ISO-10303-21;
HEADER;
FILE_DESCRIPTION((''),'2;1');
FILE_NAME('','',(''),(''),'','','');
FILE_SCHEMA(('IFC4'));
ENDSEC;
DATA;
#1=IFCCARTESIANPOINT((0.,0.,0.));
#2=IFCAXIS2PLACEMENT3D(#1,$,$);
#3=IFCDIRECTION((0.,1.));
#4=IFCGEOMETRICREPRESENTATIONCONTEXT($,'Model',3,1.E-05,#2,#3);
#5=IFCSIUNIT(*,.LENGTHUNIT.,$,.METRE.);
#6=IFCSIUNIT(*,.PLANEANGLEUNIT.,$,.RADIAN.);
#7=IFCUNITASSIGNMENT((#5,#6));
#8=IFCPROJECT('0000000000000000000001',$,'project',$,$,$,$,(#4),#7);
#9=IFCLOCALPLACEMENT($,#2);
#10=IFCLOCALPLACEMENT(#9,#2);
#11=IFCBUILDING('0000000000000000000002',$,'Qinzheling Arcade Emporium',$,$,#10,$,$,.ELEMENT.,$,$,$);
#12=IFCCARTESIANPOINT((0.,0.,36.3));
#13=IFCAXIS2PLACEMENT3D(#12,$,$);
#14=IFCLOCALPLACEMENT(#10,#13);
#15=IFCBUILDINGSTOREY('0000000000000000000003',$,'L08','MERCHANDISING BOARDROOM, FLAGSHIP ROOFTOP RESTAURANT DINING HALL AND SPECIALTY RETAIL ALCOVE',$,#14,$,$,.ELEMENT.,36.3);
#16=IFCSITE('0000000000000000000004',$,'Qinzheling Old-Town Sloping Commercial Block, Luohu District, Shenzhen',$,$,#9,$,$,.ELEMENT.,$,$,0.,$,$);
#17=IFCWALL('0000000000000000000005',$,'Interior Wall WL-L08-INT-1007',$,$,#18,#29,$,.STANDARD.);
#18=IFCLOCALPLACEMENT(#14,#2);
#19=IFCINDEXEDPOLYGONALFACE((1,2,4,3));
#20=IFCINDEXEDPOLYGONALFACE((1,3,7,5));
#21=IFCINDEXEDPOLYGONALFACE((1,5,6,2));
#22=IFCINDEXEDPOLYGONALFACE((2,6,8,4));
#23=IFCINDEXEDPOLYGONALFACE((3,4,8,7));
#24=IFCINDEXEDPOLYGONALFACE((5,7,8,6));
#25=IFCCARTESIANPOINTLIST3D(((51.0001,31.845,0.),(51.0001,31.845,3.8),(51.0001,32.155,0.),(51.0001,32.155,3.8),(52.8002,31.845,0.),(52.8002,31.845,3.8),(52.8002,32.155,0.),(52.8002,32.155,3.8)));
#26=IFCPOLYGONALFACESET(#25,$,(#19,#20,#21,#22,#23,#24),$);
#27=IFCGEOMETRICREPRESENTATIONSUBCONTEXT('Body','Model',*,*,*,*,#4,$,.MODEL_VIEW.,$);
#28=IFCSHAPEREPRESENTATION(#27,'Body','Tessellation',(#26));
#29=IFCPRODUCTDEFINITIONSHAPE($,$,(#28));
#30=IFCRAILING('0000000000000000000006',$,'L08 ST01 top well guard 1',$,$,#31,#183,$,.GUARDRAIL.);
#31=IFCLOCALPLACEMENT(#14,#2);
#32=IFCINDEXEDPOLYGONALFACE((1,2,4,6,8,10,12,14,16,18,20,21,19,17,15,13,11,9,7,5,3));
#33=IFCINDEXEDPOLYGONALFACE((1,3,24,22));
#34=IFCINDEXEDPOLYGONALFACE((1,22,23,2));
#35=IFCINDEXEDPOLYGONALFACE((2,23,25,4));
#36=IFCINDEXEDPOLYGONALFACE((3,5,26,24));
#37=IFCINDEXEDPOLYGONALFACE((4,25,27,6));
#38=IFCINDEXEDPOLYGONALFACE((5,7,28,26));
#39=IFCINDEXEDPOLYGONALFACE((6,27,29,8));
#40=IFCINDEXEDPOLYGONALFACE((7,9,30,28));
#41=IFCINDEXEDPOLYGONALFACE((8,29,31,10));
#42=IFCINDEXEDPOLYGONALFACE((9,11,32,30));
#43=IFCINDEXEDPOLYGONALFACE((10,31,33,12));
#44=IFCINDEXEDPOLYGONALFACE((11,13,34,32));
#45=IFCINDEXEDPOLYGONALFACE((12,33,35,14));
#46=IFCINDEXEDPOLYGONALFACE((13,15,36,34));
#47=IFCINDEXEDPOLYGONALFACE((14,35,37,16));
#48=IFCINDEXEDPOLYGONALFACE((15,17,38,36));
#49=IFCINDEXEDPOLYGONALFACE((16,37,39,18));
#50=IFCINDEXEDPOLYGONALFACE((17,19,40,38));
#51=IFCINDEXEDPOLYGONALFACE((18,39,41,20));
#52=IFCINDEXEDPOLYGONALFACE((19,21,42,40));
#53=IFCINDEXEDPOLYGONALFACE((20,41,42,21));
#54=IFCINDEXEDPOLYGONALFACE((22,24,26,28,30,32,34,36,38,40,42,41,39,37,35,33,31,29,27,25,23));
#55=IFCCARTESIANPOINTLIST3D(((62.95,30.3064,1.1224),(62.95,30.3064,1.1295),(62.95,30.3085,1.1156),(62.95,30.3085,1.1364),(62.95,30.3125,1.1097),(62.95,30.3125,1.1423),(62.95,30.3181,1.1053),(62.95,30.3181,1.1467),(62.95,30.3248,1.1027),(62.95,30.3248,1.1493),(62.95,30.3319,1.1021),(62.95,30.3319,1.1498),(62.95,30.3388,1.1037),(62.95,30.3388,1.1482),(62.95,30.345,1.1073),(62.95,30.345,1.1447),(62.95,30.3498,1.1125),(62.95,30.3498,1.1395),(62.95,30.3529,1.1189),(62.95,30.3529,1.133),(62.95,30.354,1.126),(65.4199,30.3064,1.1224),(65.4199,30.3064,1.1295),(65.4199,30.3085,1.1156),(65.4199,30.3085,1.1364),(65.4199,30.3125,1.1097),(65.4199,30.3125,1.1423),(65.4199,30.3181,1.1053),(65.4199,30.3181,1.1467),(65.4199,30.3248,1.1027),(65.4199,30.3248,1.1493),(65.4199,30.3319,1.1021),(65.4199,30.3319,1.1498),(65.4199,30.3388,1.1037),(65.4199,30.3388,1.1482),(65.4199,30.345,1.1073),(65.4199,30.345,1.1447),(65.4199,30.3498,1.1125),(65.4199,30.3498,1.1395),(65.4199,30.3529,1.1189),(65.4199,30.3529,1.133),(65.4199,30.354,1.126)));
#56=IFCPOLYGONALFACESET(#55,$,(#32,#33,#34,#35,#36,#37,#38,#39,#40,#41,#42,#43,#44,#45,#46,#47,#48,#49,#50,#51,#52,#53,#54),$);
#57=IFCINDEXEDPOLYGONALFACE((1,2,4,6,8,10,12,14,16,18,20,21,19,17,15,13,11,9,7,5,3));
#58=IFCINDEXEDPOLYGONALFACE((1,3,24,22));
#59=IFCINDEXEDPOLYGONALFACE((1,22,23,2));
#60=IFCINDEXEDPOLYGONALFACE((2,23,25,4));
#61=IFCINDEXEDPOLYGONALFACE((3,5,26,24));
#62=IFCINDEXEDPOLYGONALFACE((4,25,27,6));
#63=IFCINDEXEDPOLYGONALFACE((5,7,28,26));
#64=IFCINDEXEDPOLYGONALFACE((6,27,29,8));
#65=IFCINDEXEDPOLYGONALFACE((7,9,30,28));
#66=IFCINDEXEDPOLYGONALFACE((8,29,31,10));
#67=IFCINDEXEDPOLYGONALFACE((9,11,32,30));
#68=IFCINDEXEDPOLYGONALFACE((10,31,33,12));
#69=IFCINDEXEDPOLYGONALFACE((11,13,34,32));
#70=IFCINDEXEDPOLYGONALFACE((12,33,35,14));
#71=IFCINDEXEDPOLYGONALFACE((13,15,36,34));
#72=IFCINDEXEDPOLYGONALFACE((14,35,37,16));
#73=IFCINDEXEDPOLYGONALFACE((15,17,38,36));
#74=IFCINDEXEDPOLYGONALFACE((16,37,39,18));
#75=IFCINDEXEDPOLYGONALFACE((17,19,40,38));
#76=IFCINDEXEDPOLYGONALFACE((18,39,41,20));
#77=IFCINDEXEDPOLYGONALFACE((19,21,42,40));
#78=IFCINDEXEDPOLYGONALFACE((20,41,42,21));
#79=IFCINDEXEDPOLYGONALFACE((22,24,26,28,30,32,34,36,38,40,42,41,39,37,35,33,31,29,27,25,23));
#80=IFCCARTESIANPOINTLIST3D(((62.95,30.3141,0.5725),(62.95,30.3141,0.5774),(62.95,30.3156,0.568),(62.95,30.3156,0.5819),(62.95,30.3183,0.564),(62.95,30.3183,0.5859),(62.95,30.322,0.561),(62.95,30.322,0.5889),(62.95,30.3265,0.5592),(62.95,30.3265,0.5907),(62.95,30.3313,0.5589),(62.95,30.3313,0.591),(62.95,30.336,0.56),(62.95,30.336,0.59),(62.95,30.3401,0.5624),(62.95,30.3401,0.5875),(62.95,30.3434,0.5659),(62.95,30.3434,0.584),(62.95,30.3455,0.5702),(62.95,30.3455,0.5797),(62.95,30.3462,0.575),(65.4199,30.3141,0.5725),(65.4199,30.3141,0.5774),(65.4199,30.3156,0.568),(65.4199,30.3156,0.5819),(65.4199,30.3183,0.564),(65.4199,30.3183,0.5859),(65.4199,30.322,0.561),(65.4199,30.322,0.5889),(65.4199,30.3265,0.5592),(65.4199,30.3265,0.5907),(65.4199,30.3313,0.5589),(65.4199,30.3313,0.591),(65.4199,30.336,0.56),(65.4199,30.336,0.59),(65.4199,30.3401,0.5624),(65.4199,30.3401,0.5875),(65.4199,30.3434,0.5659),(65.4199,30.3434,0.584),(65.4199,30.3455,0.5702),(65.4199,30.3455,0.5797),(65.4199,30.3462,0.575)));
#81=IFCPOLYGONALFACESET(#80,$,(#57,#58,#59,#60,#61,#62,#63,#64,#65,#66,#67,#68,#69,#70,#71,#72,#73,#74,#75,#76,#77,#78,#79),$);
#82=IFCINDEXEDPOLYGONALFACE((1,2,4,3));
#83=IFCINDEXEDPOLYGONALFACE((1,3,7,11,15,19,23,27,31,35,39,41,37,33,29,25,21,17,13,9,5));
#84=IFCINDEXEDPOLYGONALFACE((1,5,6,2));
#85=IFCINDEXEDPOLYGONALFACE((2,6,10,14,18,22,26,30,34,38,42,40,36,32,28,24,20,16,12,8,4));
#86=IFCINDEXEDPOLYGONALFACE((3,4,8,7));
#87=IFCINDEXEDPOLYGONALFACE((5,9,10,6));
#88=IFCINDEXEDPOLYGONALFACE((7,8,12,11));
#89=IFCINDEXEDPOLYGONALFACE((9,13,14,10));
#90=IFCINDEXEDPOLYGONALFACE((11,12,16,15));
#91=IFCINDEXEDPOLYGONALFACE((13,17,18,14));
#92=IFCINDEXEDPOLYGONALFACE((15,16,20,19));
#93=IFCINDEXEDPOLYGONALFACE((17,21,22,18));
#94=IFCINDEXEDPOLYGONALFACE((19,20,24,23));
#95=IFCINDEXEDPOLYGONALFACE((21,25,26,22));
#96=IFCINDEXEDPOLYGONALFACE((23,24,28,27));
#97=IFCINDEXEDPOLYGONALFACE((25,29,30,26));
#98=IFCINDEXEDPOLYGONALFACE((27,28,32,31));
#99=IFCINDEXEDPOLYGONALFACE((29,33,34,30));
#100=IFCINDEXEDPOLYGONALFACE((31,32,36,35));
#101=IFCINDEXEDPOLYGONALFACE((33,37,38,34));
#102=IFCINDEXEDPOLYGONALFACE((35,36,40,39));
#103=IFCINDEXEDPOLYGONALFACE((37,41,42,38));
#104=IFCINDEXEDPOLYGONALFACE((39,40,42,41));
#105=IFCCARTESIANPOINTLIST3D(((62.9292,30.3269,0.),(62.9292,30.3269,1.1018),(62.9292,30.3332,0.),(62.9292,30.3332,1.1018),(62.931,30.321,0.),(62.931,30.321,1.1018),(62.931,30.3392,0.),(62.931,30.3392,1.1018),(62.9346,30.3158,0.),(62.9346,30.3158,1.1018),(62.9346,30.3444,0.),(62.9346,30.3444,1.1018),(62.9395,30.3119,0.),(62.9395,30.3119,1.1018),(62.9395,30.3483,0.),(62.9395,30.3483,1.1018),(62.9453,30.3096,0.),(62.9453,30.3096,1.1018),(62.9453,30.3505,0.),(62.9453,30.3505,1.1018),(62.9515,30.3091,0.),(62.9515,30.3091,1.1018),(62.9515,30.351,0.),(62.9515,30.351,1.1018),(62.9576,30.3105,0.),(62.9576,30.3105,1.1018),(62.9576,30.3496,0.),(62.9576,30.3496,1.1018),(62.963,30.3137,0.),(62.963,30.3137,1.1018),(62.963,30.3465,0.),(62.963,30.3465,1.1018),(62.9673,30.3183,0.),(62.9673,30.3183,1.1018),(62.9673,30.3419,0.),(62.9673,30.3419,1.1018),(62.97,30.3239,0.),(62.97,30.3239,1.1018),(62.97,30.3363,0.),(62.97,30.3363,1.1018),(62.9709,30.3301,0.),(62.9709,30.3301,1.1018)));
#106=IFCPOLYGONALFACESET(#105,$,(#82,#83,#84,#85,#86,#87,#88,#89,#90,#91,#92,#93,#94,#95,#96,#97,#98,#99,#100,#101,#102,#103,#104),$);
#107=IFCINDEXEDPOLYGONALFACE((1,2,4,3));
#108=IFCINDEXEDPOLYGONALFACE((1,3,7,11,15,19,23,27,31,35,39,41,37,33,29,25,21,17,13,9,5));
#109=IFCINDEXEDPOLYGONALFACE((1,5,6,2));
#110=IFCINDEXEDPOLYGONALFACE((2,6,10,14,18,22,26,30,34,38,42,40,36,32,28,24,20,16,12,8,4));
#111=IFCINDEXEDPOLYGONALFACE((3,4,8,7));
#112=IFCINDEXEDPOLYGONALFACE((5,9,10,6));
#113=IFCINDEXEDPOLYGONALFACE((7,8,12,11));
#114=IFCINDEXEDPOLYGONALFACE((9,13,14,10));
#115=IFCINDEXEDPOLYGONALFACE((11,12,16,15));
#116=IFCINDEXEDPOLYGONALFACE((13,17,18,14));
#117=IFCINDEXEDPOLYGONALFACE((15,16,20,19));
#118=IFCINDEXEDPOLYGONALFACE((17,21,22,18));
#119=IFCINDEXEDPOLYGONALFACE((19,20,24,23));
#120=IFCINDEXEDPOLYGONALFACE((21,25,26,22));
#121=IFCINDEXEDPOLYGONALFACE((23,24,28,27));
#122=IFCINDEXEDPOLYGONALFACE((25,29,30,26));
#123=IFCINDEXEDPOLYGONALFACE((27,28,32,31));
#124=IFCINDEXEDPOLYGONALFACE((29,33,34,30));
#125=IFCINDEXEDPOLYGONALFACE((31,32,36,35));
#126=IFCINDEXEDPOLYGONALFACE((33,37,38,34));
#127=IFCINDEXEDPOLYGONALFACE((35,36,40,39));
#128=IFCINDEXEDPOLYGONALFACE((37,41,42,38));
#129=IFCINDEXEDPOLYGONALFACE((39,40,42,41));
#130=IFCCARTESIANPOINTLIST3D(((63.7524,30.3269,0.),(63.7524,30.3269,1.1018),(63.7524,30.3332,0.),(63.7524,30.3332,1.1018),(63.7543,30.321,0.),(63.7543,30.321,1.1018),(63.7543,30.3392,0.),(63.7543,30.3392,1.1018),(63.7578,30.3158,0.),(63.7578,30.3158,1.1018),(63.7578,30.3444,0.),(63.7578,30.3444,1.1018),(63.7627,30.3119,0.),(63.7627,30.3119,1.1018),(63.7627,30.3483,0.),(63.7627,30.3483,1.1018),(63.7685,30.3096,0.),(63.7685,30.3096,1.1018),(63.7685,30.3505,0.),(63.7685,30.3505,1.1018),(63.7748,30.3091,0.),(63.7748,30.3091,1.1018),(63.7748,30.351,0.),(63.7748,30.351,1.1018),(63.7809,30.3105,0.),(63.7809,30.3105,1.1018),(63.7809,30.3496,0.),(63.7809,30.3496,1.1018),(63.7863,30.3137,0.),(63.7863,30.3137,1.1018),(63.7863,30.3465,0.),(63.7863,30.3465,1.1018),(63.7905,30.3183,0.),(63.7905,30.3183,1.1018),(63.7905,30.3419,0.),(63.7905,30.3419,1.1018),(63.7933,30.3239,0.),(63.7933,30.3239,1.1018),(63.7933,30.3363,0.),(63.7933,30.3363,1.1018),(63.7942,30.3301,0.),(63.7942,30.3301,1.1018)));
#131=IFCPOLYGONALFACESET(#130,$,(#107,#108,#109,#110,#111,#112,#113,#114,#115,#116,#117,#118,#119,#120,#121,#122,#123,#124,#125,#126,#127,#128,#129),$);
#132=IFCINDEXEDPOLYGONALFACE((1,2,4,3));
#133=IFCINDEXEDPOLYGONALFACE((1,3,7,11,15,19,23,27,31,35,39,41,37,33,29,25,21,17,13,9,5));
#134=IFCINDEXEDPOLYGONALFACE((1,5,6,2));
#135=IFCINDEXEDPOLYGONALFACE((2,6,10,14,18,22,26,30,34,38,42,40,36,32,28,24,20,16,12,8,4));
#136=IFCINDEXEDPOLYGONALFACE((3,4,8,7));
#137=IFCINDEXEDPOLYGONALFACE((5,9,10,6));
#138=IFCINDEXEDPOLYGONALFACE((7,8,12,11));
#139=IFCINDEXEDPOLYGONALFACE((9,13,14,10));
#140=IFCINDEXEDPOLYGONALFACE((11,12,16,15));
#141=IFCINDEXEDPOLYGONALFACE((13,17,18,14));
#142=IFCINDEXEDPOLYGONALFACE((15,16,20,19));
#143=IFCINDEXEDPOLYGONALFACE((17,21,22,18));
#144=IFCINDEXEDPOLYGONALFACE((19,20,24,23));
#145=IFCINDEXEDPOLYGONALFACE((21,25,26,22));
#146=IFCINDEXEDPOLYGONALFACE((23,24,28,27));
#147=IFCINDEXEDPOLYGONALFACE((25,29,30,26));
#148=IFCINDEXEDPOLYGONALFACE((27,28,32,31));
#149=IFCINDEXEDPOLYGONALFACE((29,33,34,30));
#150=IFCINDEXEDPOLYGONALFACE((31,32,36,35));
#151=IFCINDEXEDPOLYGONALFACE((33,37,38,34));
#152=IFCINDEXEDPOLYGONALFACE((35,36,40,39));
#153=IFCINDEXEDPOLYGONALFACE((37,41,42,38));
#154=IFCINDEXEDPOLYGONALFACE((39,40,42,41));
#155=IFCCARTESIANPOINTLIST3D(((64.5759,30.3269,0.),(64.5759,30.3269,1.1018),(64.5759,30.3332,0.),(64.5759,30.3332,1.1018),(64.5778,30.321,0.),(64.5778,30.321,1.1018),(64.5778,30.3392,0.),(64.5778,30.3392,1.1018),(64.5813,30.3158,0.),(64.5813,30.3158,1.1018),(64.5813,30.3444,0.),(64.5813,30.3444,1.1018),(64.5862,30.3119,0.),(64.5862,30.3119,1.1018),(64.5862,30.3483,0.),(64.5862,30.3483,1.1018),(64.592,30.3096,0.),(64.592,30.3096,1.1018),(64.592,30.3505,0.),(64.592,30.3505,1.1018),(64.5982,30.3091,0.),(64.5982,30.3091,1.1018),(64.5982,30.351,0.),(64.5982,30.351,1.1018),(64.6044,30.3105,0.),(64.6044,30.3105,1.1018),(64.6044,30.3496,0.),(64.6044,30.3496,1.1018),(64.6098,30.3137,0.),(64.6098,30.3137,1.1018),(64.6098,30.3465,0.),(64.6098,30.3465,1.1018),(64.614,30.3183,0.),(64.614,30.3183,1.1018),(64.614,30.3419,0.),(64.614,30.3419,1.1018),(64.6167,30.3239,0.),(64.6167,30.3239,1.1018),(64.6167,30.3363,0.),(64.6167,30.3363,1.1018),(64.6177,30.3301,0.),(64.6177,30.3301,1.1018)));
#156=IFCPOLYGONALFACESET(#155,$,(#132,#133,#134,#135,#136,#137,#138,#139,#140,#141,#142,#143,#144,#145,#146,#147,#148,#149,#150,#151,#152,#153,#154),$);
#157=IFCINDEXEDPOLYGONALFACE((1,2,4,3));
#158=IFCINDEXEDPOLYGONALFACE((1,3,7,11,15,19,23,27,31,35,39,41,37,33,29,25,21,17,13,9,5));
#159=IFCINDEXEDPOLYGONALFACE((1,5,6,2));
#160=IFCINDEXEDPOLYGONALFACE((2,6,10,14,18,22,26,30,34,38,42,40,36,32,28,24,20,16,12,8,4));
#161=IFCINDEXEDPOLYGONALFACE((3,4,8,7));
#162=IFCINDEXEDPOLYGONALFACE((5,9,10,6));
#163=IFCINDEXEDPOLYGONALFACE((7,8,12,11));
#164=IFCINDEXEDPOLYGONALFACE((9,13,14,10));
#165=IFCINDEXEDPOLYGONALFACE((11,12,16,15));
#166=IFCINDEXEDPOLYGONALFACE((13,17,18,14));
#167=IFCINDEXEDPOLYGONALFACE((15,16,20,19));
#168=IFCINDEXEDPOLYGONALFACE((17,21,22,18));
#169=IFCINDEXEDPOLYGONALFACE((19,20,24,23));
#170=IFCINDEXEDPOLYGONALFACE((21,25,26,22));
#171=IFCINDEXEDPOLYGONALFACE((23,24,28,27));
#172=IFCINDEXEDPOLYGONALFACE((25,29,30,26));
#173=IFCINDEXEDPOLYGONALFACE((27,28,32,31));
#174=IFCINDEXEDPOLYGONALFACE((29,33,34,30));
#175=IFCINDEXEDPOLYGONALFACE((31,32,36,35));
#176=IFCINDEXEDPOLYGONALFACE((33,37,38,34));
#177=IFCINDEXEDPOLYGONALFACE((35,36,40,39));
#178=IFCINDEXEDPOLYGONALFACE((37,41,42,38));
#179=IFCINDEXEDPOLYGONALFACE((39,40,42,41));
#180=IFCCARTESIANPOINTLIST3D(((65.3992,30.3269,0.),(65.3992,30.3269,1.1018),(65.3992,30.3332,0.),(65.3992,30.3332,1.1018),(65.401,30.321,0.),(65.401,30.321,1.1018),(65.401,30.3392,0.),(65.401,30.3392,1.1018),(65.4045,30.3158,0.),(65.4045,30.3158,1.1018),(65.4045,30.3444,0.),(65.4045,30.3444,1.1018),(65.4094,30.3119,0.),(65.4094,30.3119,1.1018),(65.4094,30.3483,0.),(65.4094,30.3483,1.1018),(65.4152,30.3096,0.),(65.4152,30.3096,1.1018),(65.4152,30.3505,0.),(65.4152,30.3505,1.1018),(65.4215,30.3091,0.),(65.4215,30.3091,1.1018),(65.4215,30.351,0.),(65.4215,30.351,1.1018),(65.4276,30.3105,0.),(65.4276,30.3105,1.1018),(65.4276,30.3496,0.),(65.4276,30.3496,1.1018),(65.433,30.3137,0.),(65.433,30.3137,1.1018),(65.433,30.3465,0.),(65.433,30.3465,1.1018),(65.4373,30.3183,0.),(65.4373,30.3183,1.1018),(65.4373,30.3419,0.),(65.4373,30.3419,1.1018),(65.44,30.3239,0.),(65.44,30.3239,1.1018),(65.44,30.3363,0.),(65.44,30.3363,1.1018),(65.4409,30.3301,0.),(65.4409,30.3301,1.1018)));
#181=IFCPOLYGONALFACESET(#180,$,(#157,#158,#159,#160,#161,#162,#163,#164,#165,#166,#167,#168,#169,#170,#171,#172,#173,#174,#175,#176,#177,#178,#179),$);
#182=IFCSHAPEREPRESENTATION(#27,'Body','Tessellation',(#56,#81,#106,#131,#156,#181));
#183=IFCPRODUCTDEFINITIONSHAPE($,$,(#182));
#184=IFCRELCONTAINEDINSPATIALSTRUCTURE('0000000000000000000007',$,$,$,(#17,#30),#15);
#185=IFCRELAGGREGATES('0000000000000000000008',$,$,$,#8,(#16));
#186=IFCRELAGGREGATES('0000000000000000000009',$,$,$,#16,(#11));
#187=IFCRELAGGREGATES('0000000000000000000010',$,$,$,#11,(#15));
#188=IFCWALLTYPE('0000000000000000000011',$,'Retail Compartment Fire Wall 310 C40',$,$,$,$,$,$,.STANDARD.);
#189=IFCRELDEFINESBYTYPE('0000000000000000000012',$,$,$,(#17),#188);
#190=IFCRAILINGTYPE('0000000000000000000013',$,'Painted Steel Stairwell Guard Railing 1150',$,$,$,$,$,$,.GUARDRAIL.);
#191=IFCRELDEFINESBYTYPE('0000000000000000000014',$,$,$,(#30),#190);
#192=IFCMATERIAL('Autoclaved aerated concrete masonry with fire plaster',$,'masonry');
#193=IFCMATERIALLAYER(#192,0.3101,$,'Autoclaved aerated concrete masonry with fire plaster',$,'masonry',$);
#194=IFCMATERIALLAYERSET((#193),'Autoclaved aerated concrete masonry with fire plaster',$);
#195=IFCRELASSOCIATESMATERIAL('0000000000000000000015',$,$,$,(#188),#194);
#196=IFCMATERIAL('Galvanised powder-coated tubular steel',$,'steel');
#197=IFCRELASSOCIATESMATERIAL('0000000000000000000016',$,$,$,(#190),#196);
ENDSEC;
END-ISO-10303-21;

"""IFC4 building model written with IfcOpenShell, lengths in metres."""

from ifc_helpers import new_model, si_unit, direction, frame, frame_2d, origin, origin_2d, place, context, subcontext, project, spatial, rectangle, circle, extrude, material, layer, layer_set, type_object, element, save


model = new_model("IFC4")

# Units and contexts
model_context = context("Model", 3, precision=1e-05, world=origin(), true_north=direction((0.0, 1.0)))
body_context = subcontext(model_context, "Body", "Model", "MODEL_VIEW")
ifc_project = project(units=[si_unit("LENGTHUNIT", "METRE"), si_unit("PLANEANGLEUNIT", "RADIAN")], contexts=[model_context])

# Site, building, storey
site_placement = place(None, origin())
site = spatial("IfcSite", under=ifc_project, at=site_placement, Name="Qinzheling Old-Town Sloping Commercial Block, Luohu District, Shenzhen", CompositionType="ELEMENT", RefElevation=0.0)
building_placement = place(site_placement, origin())
building = spatial("IfcBuilding", under=site, at=building_placement, Name="Qinzheling Arcade Emporium", CompositionType="ELEMENT")
storey_placement = place(building_placement, frame((0.0, 0.0, 36.3)))
storey = spatial("IfcBuildingStorey", under=building, at=storey_placement, Name="L08", Description="MERCHANDISING BOARDROOM, FLAGSHIP ROOFTOP RESTAURANT DINING HALL AND SPECIALTY RETAIL ALCOVE", CompositionType="ELEMENT", Elevation=36.3)

# Wall
ifc_material_1 = material(Name="Autoclaved aerated concrete masonry with fire plaster", Category="masonry")
ifc_layer_1 = layer(ifc_material_1, 0.3101, Name="Autoclaved aerated concrete masonry with fire plaster", Category="masonry")
ifc_layer_set_1 = layer_set([ifc_layer_1], Name="Autoclaved aerated concrete masonry with fire plaster")
wall_type_1 = type_object("IfcWallType", Name="Retail Compartment Fire Wall 310 C40", PredefinedType="STANDARD", material=ifc_layer_set_1)
wall_1_placement = place(storey_placement, frame((52.8, 32.0, 0.0), z_axis=(0.0, 0.0, 1.0), x_axis=(-1.0, 0.0, 0.0)))
element("IfcWall", 1, at=wall_1_placement, inside=storey, type_object=wall_type_1, Name="Interior Wall WL-L08-INT-1007", PredefinedType="STANDARD", context=body_context, shape_type="SweptSolid", body=[
    extrude(rectangle(XDim=1.8, YDim=0.3101, at=frame_2d((0.8999, 0.0))), origin(), (0.0, 0.0, 1.0), 3.8),
])

# Railing
ifc_material_2 = material(Name="Galvanised powder-coated tubular steel", Category="steel")
railing_type = type_object("IfcRailingType", Name="Painted Steel Stairwell Guard Railing 1150", PredefinedType="GUARDRAIL", material=ifc_material_2)
railing_placement = place(storey_placement, frame((62.95, 30.3301, 0.0)))
element("IfcRailing", 2, at=railing_placement, inside=storey, type_object=railing_type, Name="L08 ST01 top well guard 1", PredefinedType="GUARDRAIL", context=body_context, shape_type="SweptSolid", body=[
    extrude(circle(Radius=0.0239, at=origin_2d()), frame((0.0, 0.0, 1.126), z_axis=(1.0, 0.0, 0.0), x_axis=(0.0, 1.0, 0.0)), (0.0, 0.0, 1.0), 2.47),
    extrude(circle(Radius=0.0161, at=origin_2d()), frame((0.0, 0.0, 0.575), z_axis=(1.0, 0.0, 0.0), x_axis=(0.0, 1.0, 0.0)), (0.0, 0.0, 1.0), 2.47),
    extrude(circle(Radius=0.021, at=origin_2d()), origin(), (0.0, 0.0, 1.0), 1.1018),
    extrude(circle(Radius=0.021, at=origin_2d()), frame((0.8232, 0.0, 0.0)), (0.0, 0.0, 1.0), 1.1018),
    extrude(circle(Radius=0.021, at=origin_2d()), frame((1.6467, 0.0, 0.0)), (0.0, 0.0, 1.0), 1.1018),
    extrude(circle(Radius=0.021, at=origin_2d()), frame((2.47, 0.0, 0.0)), (0.0, 0.0, 1.0), 1.1018),
])

save(model, "model.ifc")
